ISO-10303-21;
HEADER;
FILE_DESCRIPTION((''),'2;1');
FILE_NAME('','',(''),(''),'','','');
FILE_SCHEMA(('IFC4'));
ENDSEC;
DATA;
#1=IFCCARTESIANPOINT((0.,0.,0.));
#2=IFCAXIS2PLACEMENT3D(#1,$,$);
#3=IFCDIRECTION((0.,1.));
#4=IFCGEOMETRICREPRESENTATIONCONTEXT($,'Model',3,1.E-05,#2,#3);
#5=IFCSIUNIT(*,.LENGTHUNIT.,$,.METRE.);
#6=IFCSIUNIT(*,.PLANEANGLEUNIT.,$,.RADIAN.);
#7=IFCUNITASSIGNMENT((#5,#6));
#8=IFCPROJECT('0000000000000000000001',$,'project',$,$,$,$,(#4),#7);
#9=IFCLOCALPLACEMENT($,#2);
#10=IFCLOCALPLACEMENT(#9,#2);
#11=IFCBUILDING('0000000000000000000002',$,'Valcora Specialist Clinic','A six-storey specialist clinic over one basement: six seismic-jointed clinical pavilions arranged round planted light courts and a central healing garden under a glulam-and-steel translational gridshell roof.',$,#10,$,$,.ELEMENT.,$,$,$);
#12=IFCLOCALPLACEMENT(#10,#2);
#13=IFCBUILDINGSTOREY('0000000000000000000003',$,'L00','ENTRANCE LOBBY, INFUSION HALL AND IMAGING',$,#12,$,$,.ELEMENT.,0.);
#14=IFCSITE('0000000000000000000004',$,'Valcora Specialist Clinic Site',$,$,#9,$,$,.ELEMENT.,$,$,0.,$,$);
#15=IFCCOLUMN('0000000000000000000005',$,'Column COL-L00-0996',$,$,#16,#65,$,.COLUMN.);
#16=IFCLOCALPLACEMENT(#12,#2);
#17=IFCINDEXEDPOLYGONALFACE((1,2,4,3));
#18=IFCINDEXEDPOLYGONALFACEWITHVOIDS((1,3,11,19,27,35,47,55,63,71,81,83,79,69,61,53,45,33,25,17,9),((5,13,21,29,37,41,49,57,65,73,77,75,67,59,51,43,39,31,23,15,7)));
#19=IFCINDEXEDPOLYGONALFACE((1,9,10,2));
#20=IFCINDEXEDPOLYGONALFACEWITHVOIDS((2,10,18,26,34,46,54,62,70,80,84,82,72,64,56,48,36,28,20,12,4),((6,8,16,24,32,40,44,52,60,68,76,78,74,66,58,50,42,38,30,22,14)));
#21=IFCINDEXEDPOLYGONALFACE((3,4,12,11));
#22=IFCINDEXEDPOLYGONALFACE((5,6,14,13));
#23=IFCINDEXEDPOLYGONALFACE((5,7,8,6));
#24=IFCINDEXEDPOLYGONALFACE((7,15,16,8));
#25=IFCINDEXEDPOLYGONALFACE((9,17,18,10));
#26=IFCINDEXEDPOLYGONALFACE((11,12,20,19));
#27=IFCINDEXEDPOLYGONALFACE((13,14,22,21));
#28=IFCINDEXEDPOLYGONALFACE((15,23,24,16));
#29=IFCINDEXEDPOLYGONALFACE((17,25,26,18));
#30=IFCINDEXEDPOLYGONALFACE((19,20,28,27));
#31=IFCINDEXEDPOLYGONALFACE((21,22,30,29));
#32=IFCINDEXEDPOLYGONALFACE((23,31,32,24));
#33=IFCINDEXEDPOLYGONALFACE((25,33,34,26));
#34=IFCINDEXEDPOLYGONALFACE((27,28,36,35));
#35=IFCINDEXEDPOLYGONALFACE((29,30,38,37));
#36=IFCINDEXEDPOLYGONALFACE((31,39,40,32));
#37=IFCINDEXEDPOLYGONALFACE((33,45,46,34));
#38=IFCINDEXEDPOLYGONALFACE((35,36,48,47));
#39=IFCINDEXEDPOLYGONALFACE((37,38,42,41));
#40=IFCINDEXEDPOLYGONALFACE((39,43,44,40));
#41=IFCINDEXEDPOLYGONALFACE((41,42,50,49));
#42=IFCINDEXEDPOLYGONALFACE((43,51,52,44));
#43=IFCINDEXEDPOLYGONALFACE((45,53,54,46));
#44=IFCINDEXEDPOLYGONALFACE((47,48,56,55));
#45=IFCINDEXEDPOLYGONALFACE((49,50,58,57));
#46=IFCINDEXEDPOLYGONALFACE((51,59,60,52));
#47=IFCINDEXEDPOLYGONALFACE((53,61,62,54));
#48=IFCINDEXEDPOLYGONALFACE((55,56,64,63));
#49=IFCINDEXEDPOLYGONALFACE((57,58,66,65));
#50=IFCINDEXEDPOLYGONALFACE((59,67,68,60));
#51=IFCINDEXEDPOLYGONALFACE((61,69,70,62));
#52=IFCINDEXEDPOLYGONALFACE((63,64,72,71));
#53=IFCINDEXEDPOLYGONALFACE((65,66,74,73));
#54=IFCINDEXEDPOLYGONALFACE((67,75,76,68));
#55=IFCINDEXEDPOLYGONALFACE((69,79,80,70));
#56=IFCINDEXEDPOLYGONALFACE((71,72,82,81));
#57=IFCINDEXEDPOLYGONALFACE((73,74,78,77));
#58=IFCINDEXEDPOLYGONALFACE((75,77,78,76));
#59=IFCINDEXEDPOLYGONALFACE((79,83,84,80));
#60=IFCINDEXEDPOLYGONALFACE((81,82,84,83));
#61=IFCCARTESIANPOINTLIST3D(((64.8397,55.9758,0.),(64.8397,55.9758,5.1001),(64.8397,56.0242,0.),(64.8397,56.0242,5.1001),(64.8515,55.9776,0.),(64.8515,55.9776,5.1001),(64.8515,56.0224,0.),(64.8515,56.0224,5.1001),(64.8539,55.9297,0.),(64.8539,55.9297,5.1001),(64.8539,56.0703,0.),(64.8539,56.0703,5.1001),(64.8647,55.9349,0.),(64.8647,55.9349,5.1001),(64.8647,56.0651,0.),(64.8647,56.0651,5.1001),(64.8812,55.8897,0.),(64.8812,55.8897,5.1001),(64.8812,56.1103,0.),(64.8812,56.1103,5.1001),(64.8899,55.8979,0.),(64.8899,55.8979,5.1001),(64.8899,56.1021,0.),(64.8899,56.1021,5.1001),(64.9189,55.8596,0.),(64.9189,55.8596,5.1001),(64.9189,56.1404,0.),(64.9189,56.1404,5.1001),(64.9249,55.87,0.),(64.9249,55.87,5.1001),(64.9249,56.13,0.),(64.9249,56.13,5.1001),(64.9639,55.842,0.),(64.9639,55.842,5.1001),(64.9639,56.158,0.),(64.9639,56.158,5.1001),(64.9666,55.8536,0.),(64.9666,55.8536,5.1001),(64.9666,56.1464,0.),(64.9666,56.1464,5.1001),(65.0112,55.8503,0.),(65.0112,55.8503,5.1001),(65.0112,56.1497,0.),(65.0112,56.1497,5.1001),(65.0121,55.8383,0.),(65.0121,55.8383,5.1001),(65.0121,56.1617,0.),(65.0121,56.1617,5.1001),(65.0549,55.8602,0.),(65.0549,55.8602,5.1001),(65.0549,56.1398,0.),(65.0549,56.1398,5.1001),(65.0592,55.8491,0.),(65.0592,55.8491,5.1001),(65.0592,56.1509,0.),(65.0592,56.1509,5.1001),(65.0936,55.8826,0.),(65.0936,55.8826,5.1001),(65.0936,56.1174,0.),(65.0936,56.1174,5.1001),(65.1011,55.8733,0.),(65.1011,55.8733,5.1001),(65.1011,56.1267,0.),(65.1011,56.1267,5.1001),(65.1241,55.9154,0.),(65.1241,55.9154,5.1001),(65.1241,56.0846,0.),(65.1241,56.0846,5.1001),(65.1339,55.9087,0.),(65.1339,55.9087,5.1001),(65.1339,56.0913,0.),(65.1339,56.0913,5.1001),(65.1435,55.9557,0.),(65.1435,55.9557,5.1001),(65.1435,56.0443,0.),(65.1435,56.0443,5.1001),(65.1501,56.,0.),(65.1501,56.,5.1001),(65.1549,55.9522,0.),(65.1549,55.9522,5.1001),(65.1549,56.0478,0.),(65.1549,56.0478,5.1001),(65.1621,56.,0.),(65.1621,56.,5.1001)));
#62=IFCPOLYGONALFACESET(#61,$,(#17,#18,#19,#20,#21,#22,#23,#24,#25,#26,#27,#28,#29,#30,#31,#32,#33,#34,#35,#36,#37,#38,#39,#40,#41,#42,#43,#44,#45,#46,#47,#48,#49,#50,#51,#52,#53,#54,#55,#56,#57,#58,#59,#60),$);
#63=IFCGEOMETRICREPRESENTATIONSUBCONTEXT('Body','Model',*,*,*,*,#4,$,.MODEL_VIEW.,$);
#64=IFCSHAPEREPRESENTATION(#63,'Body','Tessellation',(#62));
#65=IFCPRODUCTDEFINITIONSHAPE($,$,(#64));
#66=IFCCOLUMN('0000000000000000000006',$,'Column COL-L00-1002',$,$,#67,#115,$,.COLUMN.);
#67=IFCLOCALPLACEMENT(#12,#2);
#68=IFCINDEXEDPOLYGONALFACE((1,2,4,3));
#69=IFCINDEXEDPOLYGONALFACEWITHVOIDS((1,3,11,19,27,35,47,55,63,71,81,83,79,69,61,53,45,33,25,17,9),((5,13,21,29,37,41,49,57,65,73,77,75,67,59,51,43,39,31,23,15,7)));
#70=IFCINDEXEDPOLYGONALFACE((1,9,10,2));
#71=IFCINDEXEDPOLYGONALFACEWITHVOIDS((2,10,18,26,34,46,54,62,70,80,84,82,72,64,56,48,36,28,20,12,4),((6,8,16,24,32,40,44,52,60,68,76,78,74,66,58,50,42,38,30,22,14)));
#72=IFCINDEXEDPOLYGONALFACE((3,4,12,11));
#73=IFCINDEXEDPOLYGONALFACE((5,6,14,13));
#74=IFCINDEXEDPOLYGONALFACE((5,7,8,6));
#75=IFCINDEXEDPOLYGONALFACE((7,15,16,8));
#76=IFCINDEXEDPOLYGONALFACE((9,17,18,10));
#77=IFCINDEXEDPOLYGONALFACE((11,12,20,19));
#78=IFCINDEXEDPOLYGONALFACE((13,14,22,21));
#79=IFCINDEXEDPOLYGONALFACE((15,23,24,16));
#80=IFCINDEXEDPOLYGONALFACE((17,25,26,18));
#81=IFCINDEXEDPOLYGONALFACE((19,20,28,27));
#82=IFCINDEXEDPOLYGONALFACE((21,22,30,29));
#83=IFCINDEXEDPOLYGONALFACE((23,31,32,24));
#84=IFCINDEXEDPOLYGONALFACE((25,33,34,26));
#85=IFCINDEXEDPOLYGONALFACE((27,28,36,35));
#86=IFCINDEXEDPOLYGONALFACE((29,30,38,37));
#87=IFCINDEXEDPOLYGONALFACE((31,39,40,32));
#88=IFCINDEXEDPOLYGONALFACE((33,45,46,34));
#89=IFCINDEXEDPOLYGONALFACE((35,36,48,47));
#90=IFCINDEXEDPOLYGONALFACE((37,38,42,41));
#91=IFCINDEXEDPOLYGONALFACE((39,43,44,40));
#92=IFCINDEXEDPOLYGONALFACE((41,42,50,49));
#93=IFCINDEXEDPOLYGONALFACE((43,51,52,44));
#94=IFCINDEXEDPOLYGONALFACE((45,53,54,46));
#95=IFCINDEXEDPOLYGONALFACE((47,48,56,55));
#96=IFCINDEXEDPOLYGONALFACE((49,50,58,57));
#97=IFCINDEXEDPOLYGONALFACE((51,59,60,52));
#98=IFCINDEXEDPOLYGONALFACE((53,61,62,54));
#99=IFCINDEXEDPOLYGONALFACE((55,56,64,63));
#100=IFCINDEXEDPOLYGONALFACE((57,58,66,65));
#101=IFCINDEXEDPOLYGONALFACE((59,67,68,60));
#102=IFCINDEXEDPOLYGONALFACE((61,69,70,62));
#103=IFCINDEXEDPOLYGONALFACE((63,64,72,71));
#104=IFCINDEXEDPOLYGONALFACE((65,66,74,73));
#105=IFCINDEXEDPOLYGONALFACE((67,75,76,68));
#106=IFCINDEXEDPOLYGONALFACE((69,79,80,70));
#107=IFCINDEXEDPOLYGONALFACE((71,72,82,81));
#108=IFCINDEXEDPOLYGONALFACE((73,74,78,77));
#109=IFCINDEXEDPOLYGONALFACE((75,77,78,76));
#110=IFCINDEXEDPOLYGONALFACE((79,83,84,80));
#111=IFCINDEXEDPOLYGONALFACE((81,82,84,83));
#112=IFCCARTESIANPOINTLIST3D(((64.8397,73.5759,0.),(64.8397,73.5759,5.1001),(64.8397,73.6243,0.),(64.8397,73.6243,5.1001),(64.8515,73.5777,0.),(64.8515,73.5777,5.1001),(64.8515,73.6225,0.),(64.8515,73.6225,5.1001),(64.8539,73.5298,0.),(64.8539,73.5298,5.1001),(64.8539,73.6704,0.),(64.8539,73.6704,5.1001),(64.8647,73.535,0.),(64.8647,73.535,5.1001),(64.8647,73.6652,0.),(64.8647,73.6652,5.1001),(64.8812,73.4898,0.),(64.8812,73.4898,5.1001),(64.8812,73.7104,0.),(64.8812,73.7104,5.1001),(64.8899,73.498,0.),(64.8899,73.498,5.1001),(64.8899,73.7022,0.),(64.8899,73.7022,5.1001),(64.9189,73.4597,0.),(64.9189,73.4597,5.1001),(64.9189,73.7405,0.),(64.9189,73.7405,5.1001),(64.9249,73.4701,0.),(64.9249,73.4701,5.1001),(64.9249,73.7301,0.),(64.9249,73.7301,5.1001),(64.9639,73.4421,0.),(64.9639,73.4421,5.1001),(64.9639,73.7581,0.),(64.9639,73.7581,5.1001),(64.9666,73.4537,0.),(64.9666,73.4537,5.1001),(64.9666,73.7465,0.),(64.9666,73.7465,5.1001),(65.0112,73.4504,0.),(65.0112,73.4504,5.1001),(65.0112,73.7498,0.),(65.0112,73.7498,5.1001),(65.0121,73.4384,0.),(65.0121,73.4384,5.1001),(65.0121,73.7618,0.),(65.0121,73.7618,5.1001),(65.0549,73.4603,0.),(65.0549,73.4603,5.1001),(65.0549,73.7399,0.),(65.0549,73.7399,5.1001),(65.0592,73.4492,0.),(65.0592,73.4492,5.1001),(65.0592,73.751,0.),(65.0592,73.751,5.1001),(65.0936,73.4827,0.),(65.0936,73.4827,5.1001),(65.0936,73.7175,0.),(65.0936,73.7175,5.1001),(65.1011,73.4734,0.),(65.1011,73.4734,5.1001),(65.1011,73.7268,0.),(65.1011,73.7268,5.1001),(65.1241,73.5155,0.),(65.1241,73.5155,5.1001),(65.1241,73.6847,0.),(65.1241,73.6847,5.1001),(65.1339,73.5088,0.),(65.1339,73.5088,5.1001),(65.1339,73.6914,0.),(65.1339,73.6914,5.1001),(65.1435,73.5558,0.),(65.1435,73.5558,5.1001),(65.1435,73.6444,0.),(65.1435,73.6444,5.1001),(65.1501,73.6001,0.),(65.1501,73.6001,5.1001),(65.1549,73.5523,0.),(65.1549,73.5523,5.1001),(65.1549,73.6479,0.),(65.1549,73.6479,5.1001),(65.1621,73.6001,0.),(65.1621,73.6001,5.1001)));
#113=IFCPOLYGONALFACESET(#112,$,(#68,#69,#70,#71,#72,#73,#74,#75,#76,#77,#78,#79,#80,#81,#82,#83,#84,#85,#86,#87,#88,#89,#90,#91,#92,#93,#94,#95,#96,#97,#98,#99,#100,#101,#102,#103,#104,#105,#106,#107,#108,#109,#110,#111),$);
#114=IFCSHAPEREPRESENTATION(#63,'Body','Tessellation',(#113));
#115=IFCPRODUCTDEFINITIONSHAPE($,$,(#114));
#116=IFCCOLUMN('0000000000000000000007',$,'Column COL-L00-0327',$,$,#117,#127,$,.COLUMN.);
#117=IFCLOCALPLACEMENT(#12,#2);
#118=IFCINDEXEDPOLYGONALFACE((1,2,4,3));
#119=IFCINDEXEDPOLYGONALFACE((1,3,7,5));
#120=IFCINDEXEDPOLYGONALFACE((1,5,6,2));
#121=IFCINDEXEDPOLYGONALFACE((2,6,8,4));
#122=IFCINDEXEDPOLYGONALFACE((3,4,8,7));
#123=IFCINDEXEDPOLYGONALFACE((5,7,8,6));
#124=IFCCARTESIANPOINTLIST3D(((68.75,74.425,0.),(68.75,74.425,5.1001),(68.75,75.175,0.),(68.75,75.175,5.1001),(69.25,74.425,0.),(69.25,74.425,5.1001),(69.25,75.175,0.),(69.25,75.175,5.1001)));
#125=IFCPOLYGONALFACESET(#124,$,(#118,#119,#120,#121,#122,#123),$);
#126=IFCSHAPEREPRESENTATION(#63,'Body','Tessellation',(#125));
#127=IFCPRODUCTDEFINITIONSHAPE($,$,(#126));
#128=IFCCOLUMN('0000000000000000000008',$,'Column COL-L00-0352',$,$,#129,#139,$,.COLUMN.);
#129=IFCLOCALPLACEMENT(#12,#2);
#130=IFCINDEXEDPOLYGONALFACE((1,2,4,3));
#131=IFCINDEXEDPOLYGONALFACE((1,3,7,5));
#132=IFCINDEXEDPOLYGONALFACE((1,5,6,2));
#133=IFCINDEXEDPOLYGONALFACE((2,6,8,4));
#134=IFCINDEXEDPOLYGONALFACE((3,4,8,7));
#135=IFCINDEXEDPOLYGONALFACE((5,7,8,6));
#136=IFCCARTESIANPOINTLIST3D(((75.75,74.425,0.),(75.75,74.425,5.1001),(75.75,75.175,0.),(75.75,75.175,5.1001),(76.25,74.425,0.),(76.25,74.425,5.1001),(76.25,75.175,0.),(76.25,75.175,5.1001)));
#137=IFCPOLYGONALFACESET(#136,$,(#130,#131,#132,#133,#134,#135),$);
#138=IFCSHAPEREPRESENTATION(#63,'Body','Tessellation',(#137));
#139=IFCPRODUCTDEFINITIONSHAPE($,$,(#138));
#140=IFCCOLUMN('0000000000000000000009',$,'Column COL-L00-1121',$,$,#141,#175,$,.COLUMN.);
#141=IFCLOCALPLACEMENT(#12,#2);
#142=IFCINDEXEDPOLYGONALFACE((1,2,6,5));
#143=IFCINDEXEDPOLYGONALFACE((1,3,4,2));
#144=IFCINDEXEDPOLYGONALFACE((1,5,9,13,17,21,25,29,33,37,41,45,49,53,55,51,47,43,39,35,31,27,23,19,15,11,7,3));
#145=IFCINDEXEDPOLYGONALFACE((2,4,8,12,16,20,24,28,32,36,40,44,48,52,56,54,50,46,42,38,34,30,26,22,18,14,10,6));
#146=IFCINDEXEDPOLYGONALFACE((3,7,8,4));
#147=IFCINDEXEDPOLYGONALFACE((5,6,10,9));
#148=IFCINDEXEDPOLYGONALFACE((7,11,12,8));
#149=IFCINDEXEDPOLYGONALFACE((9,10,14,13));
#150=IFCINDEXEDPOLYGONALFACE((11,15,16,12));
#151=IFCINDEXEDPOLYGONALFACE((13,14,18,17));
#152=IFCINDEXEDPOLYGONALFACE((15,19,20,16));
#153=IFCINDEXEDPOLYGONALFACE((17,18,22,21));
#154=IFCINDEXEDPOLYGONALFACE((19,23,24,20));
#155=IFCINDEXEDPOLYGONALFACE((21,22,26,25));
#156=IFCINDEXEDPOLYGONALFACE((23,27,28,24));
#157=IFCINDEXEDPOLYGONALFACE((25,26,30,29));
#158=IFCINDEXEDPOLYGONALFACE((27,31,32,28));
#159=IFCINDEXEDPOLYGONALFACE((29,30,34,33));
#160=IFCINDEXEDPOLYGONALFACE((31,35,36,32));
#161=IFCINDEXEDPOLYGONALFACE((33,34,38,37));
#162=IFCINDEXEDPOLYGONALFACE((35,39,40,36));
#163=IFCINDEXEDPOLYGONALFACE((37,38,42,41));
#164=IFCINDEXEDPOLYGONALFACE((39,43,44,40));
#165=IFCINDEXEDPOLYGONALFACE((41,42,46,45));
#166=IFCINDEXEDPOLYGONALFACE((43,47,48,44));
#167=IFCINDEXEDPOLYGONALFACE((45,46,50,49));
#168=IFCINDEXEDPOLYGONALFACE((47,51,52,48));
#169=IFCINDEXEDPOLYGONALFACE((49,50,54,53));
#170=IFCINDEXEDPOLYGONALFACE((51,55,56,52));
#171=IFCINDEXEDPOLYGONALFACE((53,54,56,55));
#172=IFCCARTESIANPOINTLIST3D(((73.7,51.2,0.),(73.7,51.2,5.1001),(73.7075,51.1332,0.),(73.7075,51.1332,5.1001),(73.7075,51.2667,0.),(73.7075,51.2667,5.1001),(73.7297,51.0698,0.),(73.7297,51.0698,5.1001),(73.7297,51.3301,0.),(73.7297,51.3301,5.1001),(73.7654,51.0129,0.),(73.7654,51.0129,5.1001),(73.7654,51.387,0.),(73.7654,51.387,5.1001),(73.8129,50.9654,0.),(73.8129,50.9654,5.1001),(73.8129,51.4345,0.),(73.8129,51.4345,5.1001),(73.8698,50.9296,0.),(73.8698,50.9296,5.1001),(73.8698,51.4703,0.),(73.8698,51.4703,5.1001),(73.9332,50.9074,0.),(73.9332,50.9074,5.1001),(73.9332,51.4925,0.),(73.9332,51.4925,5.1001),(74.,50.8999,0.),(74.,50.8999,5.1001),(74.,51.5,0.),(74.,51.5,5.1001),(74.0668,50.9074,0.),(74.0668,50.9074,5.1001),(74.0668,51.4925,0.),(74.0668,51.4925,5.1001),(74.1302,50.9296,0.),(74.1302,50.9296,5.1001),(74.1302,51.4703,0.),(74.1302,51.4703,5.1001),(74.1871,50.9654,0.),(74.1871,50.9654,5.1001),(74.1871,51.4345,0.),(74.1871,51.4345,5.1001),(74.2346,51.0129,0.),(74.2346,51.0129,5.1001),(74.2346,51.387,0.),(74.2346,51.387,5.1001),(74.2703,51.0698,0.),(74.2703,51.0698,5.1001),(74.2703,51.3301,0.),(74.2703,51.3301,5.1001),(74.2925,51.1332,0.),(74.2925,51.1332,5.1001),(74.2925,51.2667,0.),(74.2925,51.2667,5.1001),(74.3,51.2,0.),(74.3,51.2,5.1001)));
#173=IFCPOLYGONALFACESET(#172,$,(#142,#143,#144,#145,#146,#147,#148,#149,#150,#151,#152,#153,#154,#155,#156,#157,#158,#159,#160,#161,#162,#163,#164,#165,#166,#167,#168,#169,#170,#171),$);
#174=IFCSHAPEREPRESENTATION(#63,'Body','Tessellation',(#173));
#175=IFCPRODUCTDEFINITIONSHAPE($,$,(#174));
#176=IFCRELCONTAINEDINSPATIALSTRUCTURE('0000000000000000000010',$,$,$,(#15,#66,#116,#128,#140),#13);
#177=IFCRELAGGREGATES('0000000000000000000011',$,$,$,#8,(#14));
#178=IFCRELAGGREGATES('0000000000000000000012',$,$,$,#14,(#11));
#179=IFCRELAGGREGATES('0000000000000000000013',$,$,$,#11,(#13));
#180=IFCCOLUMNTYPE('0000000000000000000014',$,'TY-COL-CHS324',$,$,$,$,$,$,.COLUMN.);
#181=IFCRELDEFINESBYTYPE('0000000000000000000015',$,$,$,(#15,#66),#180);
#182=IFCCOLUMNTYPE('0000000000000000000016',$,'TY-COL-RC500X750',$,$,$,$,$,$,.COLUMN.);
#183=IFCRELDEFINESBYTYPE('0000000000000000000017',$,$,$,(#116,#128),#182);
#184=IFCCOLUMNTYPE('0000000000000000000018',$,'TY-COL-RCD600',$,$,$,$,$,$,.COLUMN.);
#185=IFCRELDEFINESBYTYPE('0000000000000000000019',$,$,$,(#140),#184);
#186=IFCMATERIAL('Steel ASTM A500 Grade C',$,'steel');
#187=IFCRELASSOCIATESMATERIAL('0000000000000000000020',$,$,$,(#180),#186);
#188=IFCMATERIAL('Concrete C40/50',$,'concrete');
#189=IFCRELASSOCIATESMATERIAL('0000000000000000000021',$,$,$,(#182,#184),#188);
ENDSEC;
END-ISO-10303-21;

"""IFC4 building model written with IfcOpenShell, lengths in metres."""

from ifc_helpers import new_model, si_unit, direction, frame, origin, origin_2d, place, context, subcontext, project, spatial, rectangle, circle, hollow_circle, extrude, material, material_profile, profile_set, type_object, element, save


model = new_model("IFC4")

# Units and contexts
model_context = context("Model", 3, precision=1e-05, world=origin(), true_north=direction((0.0, 1.0)))
body_context = subcontext(model_context, "Body", "Model", "MODEL_VIEW")
ifc_project = project(units=[si_unit("LENGTHUNIT", "METRE"), si_unit("PLANEANGLEUNIT", "RADIAN")], contexts=[model_context])

# Site, building, storey
site_placement = place(None, origin())
site = spatial("IfcSite", under=ifc_project, at=site_placement, Name="Valcora Specialist Clinic Site", CompositionType="ELEMENT", RefElevation=0.0)
building_placement = place(site_placement, origin())
building = spatial("IfcBuilding", under=site, at=building_placement, Name="Valcora Specialist Clinic", Description="A six-storey specialist clinic over one basement: six seismic-jointed clinical pavilions arranged round planted light courts and a central healing garden under a glulam-and-steel translational gridshell roof.", CompositionType="ELEMENT")
storey_placement = place(building_placement, origin())
storey = spatial("IfcBuildingStorey", under=building, at=storey_placement, Name="L00", Description="ENTRANCE LOBBY, INFUSION HALL AND IMAGING", CompositionType="ELEMENT", Elevation=0.0)

# Columns
ifc_material_1 = material(Name="Steel ASTM A500 Grade C", Category="steel")
ifc_material_profile_1 = material_profile(ifc_material_1, hollow_circle(Radius=0.1621, WallThickness=0.012, at=origin_2d()), Name="ST-CHS-324X12")
ifc_profile_set_1 = profile_set([ifc_material_profile_1], Name="Steel ASTM A500 Grade C")
column_type_1 = type_object("IfcColumnType", Name="TY-COL-CHS324", PredefinedType="COLUMN", material=ifc_profile_set_1)
for number, where, z_axis, x_axis, name in (
    (1, (65.0, 56.0, 0.0), (0.0, 0.0, 1.0), (1.0, 0.0, 0.0), "Column COL-L00-0996"),
    (2, (65.0, 73.6001, 0.0), (0.0, 0.0, 1.0), (1.0, 0.0, 0.0), "Column COL-L00-1002"),
):
    element("IfcColumn", number, at=place(storey_placement, frame(where, z_axis=z_axis, x_axis=x_axis)), inside=storey, type_object=column_type_1, Name=name, PredefinedType="COLUMN", context=body_context, shape_type="SweptSolid", body=[
        extrude(hollow_circle(Radius=0.1621, WallThickness=0.012, at=origin_2d()), origin(), (0.0, 0.0, 1.0), 5.1001),
    ])
ifc_material_2 = material(Name="Concrete C40/50", Category="concrete")
ifc_material_profile_2 = material_profile(ifc_material_2, rectangle(XDim=0.5, YDim=0.75, at=origin_2d()), Name="RC-COL-500X750")
ifc_profile_set_2 = profile_set([ifc_material_profile_2], Name="Concrete C40/50")
column_type_2 = type_object("IfcColumnType", Name="TY-COL-RC500X750", PredefinedType="COLUMN", material=ifc_profile_set_2)
for number, where, z_axis, x_axis, name in (
    (3, (69.0, 74.8, 0.0), (0.0, 0.0, 1.0), (1.0, 0.0, 0.0), "Column COL-L00-0327"),
    (4, (76.0, 74.8, 0.0), (0.0, 0.0, 1.0), (1.0, 0.0, 0.0), "Column COL-L00-0352"),
):
    element("IfcColumn", number, at=place(storey_placement, frame(where, z_axis=z_axis, x_axis=x_axis)), inside=storey, type_object=column_type_2, Name=name, PredefinedType="COLUMN", context=body_context, shape_type="SweptSolid", body=[
        extrude(rectangle(XDim=0.5, YDim=0.75, at=origin_2d()), origin(), (0.0, 0.0, 1.0), 5.1001),
    ])
ifc_material_profile_3 = material_profile(ifc_material_2, circle(Radius=0.3, at=origin_2d()), Name="RC-COL-D600")
ifc_profile_set_3 = profile_set([ifc_material_profile_3], Name="Concrete C40/50")
column_type_3 = type_object("IfcColumnType", Name="TY-COL-RCD600", PredefinedType="COLUMN", material=ifc_profile_set_3)
for number, where, z_axis, x_axis, name in (
    (5, (74.0, 51.2, 0.0), (0.0, 0.0, 1.0), (1.0, 0.0, 0.0), "Column COL-L00-1121"),
):
    element("IfcColumn", number, at=place(storey_placement, frame(where, z_axis=z_axis, x_axis=x_axis)), inside=storey, type_object=column_type_3, Name=name, PredefinedType="COLUMN", context=body_context, shape_type="SweptSolid", body=[
        extrude(circle(Radius=0.3, at=origin_2d()), origin(), (0.0, 0.0, 1.0), 5.1001),
    ])

save(model, "model.ifc")
